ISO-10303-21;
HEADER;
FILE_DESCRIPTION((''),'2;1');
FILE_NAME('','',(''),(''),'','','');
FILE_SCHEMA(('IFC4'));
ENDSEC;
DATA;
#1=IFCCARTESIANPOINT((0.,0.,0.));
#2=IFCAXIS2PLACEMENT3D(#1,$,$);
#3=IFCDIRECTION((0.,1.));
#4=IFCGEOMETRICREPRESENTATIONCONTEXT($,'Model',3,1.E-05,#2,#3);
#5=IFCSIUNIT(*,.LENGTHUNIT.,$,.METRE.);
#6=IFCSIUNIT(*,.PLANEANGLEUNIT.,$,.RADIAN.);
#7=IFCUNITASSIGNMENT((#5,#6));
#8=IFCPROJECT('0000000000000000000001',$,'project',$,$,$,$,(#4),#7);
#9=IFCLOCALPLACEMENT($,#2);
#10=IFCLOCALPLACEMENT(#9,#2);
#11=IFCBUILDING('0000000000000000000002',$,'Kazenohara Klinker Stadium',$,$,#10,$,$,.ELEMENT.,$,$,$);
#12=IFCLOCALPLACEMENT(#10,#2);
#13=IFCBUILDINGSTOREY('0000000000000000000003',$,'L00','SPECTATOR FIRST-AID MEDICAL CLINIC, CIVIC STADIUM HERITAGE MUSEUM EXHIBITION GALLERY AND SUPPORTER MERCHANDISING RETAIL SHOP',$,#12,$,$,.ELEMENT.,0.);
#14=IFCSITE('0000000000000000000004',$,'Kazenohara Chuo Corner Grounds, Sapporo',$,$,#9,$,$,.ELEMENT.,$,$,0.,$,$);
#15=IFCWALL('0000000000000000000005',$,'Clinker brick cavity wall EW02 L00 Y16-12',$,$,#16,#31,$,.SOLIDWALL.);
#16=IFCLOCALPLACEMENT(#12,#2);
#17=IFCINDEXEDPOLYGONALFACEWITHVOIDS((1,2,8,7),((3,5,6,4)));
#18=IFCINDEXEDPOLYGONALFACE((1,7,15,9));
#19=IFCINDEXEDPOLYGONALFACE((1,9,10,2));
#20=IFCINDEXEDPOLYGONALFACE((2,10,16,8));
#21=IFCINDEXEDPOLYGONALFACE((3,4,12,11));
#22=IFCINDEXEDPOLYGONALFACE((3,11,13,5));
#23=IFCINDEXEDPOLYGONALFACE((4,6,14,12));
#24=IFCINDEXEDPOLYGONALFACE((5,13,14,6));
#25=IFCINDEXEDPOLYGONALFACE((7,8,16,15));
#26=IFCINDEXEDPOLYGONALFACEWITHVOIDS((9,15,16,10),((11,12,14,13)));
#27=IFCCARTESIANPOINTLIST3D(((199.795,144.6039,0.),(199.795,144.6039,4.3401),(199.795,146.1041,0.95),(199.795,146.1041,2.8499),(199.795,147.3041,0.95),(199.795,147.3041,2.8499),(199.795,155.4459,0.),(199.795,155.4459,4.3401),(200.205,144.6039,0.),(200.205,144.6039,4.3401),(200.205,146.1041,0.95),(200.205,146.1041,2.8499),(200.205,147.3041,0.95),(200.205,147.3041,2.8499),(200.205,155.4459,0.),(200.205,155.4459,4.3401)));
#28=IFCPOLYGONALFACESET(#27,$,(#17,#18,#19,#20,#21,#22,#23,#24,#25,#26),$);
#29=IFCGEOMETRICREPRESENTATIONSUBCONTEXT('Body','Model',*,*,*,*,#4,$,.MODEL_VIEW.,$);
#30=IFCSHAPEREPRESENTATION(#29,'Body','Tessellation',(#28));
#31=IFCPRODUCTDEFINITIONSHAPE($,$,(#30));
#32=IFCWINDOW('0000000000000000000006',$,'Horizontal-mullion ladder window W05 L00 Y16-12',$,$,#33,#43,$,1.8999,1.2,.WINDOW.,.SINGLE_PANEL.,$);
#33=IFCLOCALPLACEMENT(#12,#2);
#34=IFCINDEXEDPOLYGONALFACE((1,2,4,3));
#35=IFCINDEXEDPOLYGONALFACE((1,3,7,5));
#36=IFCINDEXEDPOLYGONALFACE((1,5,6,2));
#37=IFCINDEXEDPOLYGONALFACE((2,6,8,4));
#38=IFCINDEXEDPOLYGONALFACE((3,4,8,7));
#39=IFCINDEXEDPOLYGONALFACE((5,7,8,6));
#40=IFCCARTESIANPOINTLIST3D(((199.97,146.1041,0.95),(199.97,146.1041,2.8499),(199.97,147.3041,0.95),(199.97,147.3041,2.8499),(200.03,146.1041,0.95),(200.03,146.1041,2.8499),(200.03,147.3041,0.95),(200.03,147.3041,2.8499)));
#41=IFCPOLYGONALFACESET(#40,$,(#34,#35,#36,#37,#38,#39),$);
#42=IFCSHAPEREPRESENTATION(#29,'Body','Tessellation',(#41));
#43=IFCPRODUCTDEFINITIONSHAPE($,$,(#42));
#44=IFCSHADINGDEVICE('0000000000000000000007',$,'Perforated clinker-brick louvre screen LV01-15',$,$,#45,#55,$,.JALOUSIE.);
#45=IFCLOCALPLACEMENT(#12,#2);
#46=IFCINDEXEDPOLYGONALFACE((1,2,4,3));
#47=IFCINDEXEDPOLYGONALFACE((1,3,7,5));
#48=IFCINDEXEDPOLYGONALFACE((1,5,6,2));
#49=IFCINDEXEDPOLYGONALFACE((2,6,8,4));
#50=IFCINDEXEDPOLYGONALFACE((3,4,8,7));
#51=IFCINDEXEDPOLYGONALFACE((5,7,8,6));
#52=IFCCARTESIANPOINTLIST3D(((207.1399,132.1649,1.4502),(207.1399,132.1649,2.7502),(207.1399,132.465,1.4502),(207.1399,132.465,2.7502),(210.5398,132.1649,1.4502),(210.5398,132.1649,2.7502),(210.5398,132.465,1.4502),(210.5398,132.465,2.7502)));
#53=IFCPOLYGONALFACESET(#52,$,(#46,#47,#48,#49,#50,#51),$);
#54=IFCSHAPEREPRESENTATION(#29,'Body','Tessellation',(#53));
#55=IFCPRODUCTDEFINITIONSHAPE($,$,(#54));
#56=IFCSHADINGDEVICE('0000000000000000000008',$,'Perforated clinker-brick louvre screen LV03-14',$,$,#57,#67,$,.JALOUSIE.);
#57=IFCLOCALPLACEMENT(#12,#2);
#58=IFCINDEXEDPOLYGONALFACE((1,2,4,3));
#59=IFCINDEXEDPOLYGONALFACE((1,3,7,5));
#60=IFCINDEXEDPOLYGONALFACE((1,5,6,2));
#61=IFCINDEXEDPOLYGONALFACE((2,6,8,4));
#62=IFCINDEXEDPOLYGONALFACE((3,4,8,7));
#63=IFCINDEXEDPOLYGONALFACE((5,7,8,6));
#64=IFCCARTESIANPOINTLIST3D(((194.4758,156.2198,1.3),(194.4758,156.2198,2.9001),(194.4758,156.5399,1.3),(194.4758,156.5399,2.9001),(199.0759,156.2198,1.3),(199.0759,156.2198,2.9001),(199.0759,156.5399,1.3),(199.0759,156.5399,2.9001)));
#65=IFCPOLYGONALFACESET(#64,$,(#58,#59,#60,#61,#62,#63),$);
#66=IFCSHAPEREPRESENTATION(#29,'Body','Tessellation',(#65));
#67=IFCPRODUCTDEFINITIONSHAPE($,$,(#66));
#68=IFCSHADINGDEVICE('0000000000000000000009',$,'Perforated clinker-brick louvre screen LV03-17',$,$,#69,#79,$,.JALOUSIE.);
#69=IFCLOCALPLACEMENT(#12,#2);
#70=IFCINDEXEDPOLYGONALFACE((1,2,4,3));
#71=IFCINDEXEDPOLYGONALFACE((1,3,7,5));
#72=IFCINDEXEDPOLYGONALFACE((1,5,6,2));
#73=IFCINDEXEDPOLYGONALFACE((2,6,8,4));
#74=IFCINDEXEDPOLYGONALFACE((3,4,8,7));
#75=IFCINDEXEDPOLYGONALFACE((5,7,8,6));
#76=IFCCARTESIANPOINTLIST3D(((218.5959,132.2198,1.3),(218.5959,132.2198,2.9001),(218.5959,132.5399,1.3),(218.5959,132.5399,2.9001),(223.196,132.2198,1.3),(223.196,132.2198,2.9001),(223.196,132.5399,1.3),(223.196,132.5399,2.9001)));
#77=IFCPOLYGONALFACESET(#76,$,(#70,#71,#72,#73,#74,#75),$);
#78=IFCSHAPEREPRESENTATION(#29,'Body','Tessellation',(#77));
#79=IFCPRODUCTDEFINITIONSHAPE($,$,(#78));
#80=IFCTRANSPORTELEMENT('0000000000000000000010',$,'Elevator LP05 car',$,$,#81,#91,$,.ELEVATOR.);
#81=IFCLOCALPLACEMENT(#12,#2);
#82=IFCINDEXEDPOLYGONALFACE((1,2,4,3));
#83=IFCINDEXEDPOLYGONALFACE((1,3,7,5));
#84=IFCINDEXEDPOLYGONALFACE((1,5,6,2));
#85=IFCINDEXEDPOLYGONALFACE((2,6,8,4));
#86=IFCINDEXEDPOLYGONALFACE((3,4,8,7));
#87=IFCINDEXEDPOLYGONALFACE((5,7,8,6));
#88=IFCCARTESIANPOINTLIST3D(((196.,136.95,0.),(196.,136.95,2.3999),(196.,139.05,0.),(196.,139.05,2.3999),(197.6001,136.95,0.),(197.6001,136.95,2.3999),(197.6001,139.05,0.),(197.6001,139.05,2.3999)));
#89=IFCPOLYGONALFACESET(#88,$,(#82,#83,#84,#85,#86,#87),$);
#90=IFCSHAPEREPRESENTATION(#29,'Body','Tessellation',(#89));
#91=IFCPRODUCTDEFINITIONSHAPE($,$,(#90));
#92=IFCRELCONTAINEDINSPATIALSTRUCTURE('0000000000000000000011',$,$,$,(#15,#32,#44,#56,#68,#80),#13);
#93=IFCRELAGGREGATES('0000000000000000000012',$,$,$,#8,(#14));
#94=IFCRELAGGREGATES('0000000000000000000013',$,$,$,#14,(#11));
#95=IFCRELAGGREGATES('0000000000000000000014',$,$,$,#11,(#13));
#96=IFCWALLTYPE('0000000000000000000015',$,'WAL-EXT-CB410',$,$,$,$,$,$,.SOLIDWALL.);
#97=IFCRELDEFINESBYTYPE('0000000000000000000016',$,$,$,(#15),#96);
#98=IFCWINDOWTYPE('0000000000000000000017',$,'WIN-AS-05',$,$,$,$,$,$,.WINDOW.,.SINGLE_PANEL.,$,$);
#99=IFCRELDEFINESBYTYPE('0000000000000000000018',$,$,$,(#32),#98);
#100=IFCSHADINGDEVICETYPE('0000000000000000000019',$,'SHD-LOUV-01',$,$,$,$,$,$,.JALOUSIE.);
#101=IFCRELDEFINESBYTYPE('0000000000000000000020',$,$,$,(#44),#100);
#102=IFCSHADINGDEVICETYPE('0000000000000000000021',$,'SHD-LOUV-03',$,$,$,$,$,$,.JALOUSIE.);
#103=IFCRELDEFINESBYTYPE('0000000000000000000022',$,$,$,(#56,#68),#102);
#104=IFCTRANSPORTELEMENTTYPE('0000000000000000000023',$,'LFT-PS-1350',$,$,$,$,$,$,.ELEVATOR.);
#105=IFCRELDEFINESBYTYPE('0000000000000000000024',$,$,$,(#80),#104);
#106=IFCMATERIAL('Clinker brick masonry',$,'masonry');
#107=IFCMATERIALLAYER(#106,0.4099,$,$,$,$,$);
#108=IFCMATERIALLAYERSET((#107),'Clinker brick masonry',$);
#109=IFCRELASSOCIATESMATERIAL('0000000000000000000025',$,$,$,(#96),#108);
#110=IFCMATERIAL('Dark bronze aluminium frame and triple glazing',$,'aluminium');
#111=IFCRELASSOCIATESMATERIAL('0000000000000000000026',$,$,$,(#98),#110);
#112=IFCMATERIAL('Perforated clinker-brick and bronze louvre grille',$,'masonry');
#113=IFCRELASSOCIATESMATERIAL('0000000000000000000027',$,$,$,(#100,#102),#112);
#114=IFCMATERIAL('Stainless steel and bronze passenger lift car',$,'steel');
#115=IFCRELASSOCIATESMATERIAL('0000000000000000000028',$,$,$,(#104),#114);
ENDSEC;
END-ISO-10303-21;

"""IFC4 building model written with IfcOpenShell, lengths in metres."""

from ifc_helpers import new_model, si_unit, direction, frame, frame_2d, origin, origin_2d, place, context, subcontext, project, spatial, rectangle, extrude, material, layer, layer_set, type_object, element, fill, save


model = new_model("IFC4")

# Units and contexts
model_context = context("Model", 3, precision=1e-05, world=origin(), true_north=direction((0.0, 1.0)))
body_context = subcontext(model_context, "Body", "Model", "MODEL_VIEW")
ifc_project = project(units=[si_unit("LENGTHUNIT", "METRE"), si_unit("PLANEANGLEUNIT", "RADIAN")], contexts=[model_context])

# Site, building, storey
site_placement = place(None, origin())
site = spatial("IfcSite", under=ifc_project, at=site_placement, Name="Kazenohara Chuo Corner Grounds, Sapporo", CompositionType="ELEMENT", RefElevation=0.0)
building_placement = place(site_placement, origin())
building = spatial("IfcBuilding", under=site, at=building_placement, Name="Kazenohara Klinker Stadium", CompositionType="ELEMENT")
storey_placement = place(building_placement, origin())
storey = spatial("IfcBuildingStorey", under=building, at=storey_placement, Name="L00", Description="SPECTATOR FIRST-AID MEDICAL CLINIC, CIVIC STADIUM HERITAGE MUSEUM EXHIBITION GALLERY AND SUPPORTER MERCHANDISING RETAIL SHOP", CompositionType="ELEMENT", Elevation=0.0)

# Wall, opening, window
ifc_material_1 = material(Name="Clinker brick masonry", Category="masonry")
ifc_material_2 = material(Name="Dark bronze aluminium frame and triple glazing", Category="aluminium")
ifc_layer_1 = layer(ifc_material_1, 0.4099)
ifc_layer_set_1 = layer_set([ifc_layer_1], Name="Clinker brick masonry")
wall_type_1 = type_object("IfcWallType", Name="WAL-EXT-CB410", PredefinedType="SOLIDWALL", material=ifc_layer_set_1)
wall_1_placement = place(storey_placement, frame((200.0, 144.604, 0.0), z_axis=(0.0, 0.0, 1.0), x_axis=(0.0, 1.0, 0.0)))
wall_1 = element("IfcWall", 1, at=wall_1_placement, inside=storey, type_object=wall_type_1, Name="Clinker brick cavity wall EW02 L00 Y16-12", PredefinedType="SOLIDWALL", context=body_context, shape_type="SweptSolid", body=[
    extrude(rectangle(XDim=10.842, YDim=0.4099, at=frame_2d((5.4209, 0.0))), origin(), (0.0, 0.0, 1.0), 4.3401),
])
opening_1_placement = place(wall_1_placement, frame((1.5, 0.0, 0.95)))
opening_1 = element("IfcOpeningElement", 2, at=opening_1_placement, cuts=wall_1, PredefinedType="OPENING", context=body_context, shape_type="SweptSolid", body=[
    extrude(rectangle(XDim=1.2, YDim=1.8999, at=frame_2d((0.6001, 0.95))), frame((0.0, 0.2148, 0.0), z_axis=(0.0, -1.0, 0.0), x_axis=(1.0, 0.0, 0.0)), (0.0, 0.0, 1.0), 0.4299),
])
window_type_1 = type_object("IfcWindowType", Name="WIN-AS-05", PartitioningType="SINGLE_PANEL", PredefinedType="WINDOW", material=ifc_material_2)
window_1_placement = place(opening_1_placement, origin())
window_1 = element("IfcWindow", 3, at=window_1_placement, inside=storey, type_object=window_type_1, Name="Horizontal-mullion ladder window W05 L00 Y16-12", OverallHeight=1.8999, OverallWidth=1.2, PartitioningType="SINGLE_PANEL", PredefinedType="WINDOW", context=body_context, shape_type="SweptSolid", body=[
    extrude(rectangle(XDim=1.2, YDim=1.8999, at=frame_2d((0.6001, 0.95))), frame((0.0, 0.03, 0.0), z_axis=(0.0, -1.0, 0.0), x_axis=(1.0, 0.0, 0.0)), (0.0, 0.0, 1.0), 0.0601),
])
fill(opening_1, window_1)

# Shading devices
ifc_material_3 = material(Name="Perforated clinker-brick and bronze louvre grille", Category="masonry")
shading_device_type_1 = type_object("IfcShadingDeviceType", Name="SHD-LOUV-01", PredefinedType="JALOUSIE", material=ifc_material_3)
shading_device_placement = place(storey_placement, frame((208.8398, 132.3149, 1.4502), z_axis=(0.0, 0.0, 1.0), x_axis=(1.0, 0.0, 0.0)))
element("IfcShadingDevice", 4, at=shading_device_placement, inside=storey, type_object=shading_device_type_1, Name="Perforated clinker-brick louvre screen LV01-15", PredefinedType="JALOUSIE", context=body_context, shape_type="SweptSolid", body=[
    extrude(rectangle(XDim=3.3999, YDim=0.3, at=origin_2d()), origin(), (0.0, 0.0, 1.0), 1.3),
])
shading_device_type_2 = type_object("IfcShadingDeviceType", Name="SHD-LOUV-03", PredefinedType="JALOUSIE", material=ifc_material_3)
for number, where, z_axis, x_axis, name in (
    (5, (196.7759, 156.3799, 1.3), (0.0, 0.0, 1.0), (1.0, 0.0, 0.0), "Perforated clinker-brick louvre screen LV03-14"),
    (6, (220.896, 132.3799, 1.3), (0.0, 0.0, 1.0), (1.0, 0.0, 0.0), "Perforated clinker-brick louvre screen LV03-17"),
):
    element("IfcShadingDevice", number, at=place(storey_placement, frame(where, z_axis=z_axis, x_axis=x_axis)), inside=storey, type_object=shading_device_type_2, Name=name, PredefinedType="JALOUSIE", context=body_context, shape_type="SweptSolid", body=[
        extrude(rectangle(XDim=4.6001, YDim=0.3201, at=origin_2d()), origin(), (0.0, 0.0, 1.0), 1.6001),
    ])

# Transport element
ifc_material_4 = material(Name="Stainless steel and bronze passenger lift car", Category="steel")
transport_element_type = type_object("IfcTransportElementType", Name="LFT-PS-1350", PredefinedType="ELEVATOR", material=ifc_material_4)
transport_element_placement = place(storey_placement, frame((196.8, 138.0, 0.0), z_axis=(0.0, 0.0, 1.0), x_axis=(1.0, 0.0, 0.0)))
element("IfcTransportElement", 7, at=transport_element_placement, inside=storey, type_object=transport_element_type, Name="Elevator LP05 car", PredefinedType="ELEVATOR", context=body_context, shape_type="SweptSolid", body=[
    extrude(rectangle(XDim=1.6001, YDim=2.1001, at=origin_2d()), origin(), (0.0, 0.0, 1.0), 2.3999),
])

save(model, "model.ifc")
